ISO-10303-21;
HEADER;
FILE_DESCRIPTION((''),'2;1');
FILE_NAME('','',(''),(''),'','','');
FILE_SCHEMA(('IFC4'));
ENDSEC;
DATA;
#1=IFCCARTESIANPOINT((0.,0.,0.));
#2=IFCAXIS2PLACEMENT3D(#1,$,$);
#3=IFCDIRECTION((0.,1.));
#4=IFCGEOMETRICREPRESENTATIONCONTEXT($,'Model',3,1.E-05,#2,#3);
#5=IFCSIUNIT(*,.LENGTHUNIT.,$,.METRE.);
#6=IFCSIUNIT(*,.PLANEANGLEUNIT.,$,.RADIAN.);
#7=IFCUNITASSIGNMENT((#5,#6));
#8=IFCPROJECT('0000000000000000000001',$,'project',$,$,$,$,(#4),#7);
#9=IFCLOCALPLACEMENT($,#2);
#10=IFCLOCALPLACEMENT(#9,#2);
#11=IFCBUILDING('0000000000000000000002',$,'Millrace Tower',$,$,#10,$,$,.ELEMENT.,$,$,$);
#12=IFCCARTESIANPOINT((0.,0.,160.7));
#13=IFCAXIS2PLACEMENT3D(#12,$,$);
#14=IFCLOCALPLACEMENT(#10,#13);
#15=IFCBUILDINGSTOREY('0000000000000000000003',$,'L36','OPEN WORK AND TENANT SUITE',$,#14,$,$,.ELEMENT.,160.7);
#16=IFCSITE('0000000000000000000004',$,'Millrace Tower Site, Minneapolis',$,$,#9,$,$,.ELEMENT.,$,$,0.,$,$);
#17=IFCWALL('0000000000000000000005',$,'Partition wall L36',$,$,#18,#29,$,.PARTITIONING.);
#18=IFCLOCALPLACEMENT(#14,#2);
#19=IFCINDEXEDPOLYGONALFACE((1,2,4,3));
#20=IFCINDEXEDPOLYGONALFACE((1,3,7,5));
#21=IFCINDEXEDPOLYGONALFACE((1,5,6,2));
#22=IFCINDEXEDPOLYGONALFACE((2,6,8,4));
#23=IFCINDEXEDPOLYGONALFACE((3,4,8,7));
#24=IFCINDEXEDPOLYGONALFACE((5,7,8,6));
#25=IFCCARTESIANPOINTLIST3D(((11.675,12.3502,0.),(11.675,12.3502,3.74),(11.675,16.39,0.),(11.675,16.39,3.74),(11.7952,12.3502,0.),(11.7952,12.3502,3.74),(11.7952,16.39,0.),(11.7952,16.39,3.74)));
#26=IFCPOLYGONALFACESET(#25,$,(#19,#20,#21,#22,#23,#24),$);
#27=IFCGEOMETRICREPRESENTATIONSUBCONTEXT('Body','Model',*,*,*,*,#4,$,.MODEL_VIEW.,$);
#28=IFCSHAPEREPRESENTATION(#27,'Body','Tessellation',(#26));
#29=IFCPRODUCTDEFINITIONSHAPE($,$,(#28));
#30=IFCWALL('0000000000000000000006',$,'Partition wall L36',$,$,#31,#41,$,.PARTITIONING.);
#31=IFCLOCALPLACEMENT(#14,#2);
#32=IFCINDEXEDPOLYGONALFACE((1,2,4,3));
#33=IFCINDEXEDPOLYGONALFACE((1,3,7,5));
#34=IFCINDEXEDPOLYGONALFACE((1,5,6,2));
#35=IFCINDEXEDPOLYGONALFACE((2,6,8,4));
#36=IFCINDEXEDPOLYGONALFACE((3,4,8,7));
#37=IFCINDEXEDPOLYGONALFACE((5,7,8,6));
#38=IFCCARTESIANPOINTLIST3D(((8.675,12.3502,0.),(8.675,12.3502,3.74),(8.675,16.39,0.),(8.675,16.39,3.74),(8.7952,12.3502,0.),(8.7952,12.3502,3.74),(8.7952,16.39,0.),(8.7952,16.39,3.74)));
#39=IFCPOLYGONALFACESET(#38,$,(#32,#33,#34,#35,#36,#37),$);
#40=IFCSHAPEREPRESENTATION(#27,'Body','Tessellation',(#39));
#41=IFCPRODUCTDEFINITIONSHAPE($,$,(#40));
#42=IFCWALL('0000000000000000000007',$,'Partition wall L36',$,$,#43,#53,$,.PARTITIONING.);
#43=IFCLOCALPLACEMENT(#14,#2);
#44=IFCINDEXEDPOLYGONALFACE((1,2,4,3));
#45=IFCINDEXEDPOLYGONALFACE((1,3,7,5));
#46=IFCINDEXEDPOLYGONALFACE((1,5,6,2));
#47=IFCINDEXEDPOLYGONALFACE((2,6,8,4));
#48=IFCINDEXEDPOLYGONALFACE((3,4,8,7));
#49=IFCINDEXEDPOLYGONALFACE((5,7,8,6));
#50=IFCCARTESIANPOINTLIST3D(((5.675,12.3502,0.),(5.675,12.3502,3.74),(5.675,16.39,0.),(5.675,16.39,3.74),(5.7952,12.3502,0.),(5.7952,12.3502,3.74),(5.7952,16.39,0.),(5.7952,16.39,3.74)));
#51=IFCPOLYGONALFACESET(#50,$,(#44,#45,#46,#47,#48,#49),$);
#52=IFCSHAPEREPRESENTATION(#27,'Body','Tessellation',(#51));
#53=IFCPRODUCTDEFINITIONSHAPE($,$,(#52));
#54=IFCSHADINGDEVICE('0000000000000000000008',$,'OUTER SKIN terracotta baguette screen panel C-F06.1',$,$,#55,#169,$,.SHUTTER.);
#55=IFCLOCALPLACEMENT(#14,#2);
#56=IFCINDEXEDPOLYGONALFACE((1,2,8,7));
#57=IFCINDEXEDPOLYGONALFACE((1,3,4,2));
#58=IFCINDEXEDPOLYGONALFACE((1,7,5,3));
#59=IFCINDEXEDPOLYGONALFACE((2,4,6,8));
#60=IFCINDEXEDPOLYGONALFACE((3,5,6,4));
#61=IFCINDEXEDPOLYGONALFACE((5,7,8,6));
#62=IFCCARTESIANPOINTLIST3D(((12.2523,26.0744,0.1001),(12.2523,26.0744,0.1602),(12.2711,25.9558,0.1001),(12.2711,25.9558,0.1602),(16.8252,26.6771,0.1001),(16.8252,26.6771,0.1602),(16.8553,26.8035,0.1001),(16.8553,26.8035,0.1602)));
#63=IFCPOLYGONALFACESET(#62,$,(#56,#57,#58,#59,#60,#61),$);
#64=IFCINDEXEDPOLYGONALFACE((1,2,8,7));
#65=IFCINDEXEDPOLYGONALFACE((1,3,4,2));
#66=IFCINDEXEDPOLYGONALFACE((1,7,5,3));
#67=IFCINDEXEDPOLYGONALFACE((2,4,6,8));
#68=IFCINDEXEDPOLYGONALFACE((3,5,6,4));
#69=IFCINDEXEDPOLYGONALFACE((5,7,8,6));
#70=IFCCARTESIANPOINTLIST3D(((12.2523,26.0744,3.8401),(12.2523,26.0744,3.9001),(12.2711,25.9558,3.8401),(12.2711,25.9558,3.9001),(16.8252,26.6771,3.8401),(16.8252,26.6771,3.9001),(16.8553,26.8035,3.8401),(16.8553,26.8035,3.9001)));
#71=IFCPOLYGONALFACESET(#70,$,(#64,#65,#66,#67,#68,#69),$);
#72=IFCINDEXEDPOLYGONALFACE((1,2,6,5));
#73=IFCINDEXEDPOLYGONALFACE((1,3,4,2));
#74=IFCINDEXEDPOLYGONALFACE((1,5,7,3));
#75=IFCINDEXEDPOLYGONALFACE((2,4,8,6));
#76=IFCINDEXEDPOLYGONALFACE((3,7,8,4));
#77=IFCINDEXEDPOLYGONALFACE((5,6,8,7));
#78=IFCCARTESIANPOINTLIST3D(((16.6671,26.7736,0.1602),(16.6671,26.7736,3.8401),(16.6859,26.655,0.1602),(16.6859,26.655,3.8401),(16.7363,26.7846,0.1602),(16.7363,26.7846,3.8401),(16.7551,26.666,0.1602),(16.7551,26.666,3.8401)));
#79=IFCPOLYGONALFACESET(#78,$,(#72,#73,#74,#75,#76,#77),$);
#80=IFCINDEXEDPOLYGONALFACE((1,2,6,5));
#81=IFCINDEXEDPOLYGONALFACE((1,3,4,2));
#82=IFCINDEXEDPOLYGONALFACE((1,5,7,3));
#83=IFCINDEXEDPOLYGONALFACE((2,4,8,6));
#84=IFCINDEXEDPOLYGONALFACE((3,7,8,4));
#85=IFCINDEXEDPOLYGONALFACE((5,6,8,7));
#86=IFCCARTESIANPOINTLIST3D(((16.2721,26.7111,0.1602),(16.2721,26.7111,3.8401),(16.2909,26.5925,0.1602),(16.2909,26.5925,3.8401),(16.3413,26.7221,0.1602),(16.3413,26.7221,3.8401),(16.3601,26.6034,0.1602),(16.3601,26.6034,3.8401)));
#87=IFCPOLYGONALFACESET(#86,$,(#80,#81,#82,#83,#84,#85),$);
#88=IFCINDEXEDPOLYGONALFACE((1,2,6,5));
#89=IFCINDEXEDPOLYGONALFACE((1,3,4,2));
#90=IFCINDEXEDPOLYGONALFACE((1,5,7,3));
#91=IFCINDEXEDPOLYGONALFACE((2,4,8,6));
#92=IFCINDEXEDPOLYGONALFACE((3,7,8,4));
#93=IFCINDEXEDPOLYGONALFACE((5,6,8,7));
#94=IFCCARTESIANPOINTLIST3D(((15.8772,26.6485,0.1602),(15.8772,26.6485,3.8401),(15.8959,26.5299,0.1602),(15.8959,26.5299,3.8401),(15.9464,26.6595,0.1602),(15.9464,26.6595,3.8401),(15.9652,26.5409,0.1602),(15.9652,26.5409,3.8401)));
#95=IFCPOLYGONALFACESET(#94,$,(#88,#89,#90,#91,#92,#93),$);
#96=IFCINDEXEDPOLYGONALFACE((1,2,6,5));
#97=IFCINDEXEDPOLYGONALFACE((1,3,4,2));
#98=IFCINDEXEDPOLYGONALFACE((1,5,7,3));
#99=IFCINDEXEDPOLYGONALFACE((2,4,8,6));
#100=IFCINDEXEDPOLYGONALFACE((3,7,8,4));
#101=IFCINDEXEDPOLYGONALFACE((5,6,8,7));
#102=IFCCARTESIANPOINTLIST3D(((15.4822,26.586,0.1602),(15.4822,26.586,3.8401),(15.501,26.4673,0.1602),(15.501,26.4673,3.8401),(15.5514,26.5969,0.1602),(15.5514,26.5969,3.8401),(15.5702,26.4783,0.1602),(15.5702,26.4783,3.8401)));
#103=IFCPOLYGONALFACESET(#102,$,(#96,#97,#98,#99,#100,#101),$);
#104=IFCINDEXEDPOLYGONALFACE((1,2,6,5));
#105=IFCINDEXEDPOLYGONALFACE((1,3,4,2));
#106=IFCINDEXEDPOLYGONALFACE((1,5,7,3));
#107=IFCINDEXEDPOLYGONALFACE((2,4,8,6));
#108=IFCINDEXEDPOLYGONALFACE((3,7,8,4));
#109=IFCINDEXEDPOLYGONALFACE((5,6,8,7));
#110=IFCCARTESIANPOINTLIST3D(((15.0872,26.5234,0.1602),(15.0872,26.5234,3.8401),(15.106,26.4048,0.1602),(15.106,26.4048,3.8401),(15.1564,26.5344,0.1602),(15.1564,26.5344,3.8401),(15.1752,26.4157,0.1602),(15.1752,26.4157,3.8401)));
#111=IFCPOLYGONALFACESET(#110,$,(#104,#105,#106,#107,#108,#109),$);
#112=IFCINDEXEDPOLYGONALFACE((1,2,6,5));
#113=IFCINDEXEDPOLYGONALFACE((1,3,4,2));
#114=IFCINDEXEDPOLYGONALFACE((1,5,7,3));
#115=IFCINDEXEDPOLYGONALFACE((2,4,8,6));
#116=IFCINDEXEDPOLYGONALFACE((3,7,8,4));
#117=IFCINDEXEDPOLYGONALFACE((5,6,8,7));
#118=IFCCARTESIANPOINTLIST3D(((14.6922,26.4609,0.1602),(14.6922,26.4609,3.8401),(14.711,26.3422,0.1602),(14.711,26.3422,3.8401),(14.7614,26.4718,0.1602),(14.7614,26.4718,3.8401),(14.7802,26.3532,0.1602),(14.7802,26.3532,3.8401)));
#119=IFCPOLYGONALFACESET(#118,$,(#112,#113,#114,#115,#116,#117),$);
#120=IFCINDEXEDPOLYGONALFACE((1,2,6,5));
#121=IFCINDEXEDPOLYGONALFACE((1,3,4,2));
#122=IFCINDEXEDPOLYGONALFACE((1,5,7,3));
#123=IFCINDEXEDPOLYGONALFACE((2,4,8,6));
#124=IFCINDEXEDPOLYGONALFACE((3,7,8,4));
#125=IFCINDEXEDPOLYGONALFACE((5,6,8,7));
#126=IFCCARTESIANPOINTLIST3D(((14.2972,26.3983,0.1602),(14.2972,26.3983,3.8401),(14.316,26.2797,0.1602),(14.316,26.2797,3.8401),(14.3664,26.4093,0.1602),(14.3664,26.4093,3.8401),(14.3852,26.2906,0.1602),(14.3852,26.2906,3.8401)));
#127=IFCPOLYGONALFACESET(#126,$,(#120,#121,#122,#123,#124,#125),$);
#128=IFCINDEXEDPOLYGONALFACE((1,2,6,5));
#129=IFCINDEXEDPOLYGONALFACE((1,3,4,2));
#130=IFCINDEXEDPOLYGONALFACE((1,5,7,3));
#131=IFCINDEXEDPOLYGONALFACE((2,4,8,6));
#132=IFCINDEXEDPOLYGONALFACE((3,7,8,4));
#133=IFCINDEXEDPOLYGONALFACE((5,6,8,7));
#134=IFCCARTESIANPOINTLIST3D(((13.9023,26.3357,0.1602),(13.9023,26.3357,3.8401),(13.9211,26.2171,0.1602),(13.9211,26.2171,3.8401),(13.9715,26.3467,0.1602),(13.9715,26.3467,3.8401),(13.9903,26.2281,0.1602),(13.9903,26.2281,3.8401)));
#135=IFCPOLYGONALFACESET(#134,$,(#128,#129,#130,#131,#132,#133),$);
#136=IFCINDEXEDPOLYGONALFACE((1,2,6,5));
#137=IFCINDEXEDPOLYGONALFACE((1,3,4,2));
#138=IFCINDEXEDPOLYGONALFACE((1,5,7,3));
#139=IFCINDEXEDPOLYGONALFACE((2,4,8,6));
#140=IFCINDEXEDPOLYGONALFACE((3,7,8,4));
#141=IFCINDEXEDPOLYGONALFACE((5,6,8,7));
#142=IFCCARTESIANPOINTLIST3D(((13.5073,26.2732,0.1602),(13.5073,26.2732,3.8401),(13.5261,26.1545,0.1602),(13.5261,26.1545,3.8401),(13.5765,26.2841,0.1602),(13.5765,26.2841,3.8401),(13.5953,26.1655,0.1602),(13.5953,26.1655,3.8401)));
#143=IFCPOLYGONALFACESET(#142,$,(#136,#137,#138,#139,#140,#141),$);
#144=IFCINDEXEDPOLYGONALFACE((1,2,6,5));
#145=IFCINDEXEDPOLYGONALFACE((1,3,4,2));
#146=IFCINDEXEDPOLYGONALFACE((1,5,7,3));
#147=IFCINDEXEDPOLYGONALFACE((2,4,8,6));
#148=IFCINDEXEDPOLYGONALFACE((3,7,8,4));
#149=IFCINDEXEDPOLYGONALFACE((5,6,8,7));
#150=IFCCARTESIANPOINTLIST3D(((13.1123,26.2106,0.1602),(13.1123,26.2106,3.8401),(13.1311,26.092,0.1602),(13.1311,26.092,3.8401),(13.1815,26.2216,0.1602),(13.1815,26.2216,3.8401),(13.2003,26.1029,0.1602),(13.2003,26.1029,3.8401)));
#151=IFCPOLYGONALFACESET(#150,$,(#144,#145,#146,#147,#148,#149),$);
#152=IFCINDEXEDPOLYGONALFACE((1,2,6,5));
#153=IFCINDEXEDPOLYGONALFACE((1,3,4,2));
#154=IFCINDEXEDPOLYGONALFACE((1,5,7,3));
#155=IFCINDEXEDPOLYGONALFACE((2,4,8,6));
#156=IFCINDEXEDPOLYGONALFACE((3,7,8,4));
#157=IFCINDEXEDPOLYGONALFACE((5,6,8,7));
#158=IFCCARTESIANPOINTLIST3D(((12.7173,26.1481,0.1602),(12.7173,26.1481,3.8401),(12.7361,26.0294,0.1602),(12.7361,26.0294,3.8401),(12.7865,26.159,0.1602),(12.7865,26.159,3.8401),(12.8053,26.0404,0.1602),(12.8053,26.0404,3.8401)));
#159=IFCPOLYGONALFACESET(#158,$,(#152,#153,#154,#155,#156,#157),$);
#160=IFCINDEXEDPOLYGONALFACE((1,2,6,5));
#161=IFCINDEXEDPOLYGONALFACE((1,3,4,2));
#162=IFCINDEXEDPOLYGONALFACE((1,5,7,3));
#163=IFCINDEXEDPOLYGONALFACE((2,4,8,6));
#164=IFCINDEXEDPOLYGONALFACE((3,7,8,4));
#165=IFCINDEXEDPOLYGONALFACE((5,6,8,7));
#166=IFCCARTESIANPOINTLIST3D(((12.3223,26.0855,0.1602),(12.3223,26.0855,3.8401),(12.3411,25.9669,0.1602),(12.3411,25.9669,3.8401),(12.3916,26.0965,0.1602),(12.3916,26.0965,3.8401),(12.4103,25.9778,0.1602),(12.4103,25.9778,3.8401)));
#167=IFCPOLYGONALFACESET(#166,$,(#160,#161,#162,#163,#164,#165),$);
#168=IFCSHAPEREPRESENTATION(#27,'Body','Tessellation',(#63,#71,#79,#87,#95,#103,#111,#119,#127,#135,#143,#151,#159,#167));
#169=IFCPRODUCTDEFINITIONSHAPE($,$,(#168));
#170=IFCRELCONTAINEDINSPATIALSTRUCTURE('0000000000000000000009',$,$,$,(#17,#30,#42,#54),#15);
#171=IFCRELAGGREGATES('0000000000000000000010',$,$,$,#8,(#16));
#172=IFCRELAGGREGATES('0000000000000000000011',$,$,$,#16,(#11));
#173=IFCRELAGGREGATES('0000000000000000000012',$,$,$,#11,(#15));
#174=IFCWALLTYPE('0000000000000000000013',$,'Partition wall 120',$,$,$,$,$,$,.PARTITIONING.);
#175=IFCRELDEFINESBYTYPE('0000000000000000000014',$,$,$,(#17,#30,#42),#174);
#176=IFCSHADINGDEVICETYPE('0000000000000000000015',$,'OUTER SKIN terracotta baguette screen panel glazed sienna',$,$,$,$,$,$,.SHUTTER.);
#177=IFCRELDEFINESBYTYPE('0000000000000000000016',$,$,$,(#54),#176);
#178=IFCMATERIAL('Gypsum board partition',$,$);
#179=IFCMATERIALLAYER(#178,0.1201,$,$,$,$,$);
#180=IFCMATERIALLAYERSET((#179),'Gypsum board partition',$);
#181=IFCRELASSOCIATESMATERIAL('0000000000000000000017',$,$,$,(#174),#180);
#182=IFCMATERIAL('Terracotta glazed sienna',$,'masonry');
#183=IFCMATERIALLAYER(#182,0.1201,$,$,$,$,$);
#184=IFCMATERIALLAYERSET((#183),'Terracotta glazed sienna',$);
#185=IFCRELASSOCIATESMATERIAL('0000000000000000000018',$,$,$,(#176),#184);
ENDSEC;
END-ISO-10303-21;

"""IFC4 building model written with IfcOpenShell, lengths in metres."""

from ifc_helpers import new_model, entity, si_unit, direction, frame, frame_2d, origin, place, context, subcontext, project, spatial, rectangle, extrude, source, transform, mapped, material, layer, layer_set, type_object, element, save


model = new_model("IFC4")

# Units and contexts
model_context = context("Model", 3, precision=1e-05, world=origin(), true_north=direction((0.0, 1.0)))
body_context = subcontext(model_context, "Body", "Model", "MODEL_VIEW")
ifc_project = project(units=[si_unit("LENGTHUNIT", "METRE"), si_unit("PLANEANGLEUNIT", "RADIAN")], contexts=[model_context])

# Site, building, storey
site_placement = place(None, origin())
site = spatial("IfcSite", under=ifc_project, at=site_placement, Name="Millrace Tower Site, Minneapolis", CompositionType="ELEMENT", RefElevation=0.0)
building_placement = place(site_placement, origin())
building = spatial("IfcBuilding", under=site, at=building_placement, Name="Millrace Tower", CompositionType="ELEMENT")
storey_placement = place(building_placement, frame((0.0, 0.0, 160.7)))
storey = spatial("IfcBuildingStorey", under=building, at=storey_placement, Name="L36", Description="OPEN WORK AND TENANT SUITE", CompositionType="ELEMENT", Elevation=160.7)

# Walls
ifc_material_1 = material(Name="Gypsum board partition")
ifc_layer_1 = layer(ifc_material_1, 0.1201)
ifc_layer_set_1 = layer_set([ifc_layer_1], Name="Gypsum board partition")
wall_type = type_object("IfcWallType", Name="Partition wall 120", PredefinedType="PARTITIONING", material=ifc_layer_set_1)
for number, where, z_axis, x_axis, name in (
    (1, (11.7351, 12.3501, 0.0), (0.0, 0.0, 1.0), (0.0, 1.0, 0.0), "Partition wall L36"),
    (2, (8.7351, 12.3501, 0.0), (0.0, 0.0, 1.0), (0.0, 1.0, 0.0), "Partition wall L36"),
    (3, (5.7351, 12.3501, 0.0), (0.0, 0.0, 1.0), (0.0, 1.0, 0.0), "Partition wall L36"),
):
    element("IfcWall", number, at=place(storey_placement, frame(where, z_axis=z_axis, x_axis=x_axis)), inside=storey, type_object=wall_type, Name=name, PredefinedType="PARTITIONING", context=body_context, shape_type="SweptSolid", body=[
        extrude(rectangle(XDim=4.0398, YDim=0.1201, at=frame_2d((2.02, 0.0))), origin(), (0.0, 0.0, 1.0), 3.74),
    ])

# Shading device
ifc_material_2 = material(Name="Terracotta glazed sienna", Category="masonry")
ifc_layer_2 = layer(ifc_material_2, 0.1201)
ifc_layer_set_2 = layer_set([ifc_layer_2], Name="Terracotta glazed sienna")
shading_device_type = type_object("IfcShadingDeviceType", Name="OUTER SKIN terracotta baguette screen panel glazed sienna", PredefinedType="SHUTTER", material=ifc_layer_set_2)
cartesian_point_1 = entity("IfcCartesianPoint", [-2.293, 0.0601])
shared_polyline_1 = entity("IfcPolyline", [cartesian_point_1, entity("IfcCartesianPoint", [2.3179, 0.0601]), entity("IfcCartesianPoint", [2.3179, -0.0601]), entity("IfcCartesianPoint", [-2.3425, -0.0601]), cartesian_point_1])
shared_shape_1 = source(origin(), body_context, "Body", "SweptSolid", [
    entity("IfcExtrudedAreaSolid", entity("IfcArbitraryClosedProfileDef", "AREA", None, shared_polyline_1), entity("IfcAxis2Placement3D", entity("IfcCartesianPoint", [0.0, 0.0, 0.0])), entity("IfcDirection", [0.0, 0.0, 1.0]), 0.0601),
    entity("IfcExtrudedAreaSolid", entity("IfcArbitraryClosedProfileDef", "AREA", None, shared_polyline_1), entity("IfcAxis2Placement3D", entity("IfcCartesianPoint", [0.0, 0.0, 3.74])), entity("IfcDirection", [0.0, 0.0, 1.0]), 0.0601),
    extrude(rectangle(XDim=0.0701, YDim=0.1201, at=frame_2d((-2.187, 0.0))), frame((0.0, 0.0, 0.0601)), (0.0, 0.0, 1.0), 3.6799),
    extrude(rectangle(XDim=0.0701, YDim=0.1201, at=frame_2d((-1.7871, 0.0))), frame((0.0, 0.0, 0.0601)), (0.0, 0.0, 1.0), 3.6799),
    extrude(rectangle(XDim=0.0701, YDim=0.1201, at=frame_2d((-1.3872, 0.0))), frame((0.0, 0.0, 0.0601)), (0.0, 0.0, 1.0), 3.6799),
    extrude(rectangle(XDim=0.0701, YDim=0.1201, at=frame_2d((-0.9873, 0.0))), frame((0.0, 0.0, 0.0601)), (0.0, 0.0, 1.0), 3.6799),
    extrude(rectangle(XDim=0.0701, YDim=0.1201, at=frame_2d((-0.5874, 0.0))), frame((0.0, 0.0, 0.0601)), (0.0, 0.0, 1.0), 3.6799),
    extrude(rectangle(XDim=0.0701, YDim=0.1201, at=frame_2d((-0.1875, 0.0))), frame((0.0, 0.0, 0.0601)), (0.0, 0.0, 1.0), 3.6799),
    extrude(rectangle(XDim=0.0701, YDim=0.1201, at=frame_2d((0.2124, 0.0))), frame((0.0, 0.0, 0.0601)), (0.0, 0.0, 1.0), 3.6799),
    extrude(rectangle(XDim=0.0701, YDim=0.1201, at=frame_2d((0.6123, 0.0))), frame((0.0, 0.0, 0.0601)), (0.0, 0.0, 1.0), 3.6799),
    extrude(rectangle(XDim=0.0701, YDim=0.1201, at=frame_2d((1.0122, 0.0))), frame((0.0, 0.0, 0.0601)), (0.0, 0.0, 1.0), 3.6799),
    extrude(rectangle(XDim=0.0701, YDim=0.1201, at=frame_2d((1.4121, 0.0))), frame((0.0, 0.0, 0.0601)), (0.0, 0.0, 1.0), 3.6799),
    extrude(rectangle(XDim=0.0701, YDim=0.1201, at=frame_2d((1.812, 0.0))), frame((0.0, 0.0, 0.0601)), (0.0, 0.0, 1.0), 3.6799),
    extrude(rectangle(XDim=0.0701, YDim=0.1201, at=frame_2d((2.2119, 0.0))), frame((0.0, 0.0, 0.0601)), (0.0, 0.0, 1.0), 3.6799),
])
shading_device_placement = place(storey_placement, frame((14.551, 26.3777, 0.1001), z_axis=(0.0, 0.0, 1.0), x_axis=(-0.987688, -0.156434, 0.0)))
element("IfcShadingDevice", 4, at=shading_device_placement, inside=storey, type_object=shading_device_type, Name="OUTER SKIN terracotta baguette screen panel C-F06.1", PredefinedType="SHUTTER", context=body_context, shape_type="MappedRepresentation", body=[
    mapped(shared_shape_1, transform((0.0, 0.0, 0.0), scale=1.0)),
])

save(model, "model.ifc")
